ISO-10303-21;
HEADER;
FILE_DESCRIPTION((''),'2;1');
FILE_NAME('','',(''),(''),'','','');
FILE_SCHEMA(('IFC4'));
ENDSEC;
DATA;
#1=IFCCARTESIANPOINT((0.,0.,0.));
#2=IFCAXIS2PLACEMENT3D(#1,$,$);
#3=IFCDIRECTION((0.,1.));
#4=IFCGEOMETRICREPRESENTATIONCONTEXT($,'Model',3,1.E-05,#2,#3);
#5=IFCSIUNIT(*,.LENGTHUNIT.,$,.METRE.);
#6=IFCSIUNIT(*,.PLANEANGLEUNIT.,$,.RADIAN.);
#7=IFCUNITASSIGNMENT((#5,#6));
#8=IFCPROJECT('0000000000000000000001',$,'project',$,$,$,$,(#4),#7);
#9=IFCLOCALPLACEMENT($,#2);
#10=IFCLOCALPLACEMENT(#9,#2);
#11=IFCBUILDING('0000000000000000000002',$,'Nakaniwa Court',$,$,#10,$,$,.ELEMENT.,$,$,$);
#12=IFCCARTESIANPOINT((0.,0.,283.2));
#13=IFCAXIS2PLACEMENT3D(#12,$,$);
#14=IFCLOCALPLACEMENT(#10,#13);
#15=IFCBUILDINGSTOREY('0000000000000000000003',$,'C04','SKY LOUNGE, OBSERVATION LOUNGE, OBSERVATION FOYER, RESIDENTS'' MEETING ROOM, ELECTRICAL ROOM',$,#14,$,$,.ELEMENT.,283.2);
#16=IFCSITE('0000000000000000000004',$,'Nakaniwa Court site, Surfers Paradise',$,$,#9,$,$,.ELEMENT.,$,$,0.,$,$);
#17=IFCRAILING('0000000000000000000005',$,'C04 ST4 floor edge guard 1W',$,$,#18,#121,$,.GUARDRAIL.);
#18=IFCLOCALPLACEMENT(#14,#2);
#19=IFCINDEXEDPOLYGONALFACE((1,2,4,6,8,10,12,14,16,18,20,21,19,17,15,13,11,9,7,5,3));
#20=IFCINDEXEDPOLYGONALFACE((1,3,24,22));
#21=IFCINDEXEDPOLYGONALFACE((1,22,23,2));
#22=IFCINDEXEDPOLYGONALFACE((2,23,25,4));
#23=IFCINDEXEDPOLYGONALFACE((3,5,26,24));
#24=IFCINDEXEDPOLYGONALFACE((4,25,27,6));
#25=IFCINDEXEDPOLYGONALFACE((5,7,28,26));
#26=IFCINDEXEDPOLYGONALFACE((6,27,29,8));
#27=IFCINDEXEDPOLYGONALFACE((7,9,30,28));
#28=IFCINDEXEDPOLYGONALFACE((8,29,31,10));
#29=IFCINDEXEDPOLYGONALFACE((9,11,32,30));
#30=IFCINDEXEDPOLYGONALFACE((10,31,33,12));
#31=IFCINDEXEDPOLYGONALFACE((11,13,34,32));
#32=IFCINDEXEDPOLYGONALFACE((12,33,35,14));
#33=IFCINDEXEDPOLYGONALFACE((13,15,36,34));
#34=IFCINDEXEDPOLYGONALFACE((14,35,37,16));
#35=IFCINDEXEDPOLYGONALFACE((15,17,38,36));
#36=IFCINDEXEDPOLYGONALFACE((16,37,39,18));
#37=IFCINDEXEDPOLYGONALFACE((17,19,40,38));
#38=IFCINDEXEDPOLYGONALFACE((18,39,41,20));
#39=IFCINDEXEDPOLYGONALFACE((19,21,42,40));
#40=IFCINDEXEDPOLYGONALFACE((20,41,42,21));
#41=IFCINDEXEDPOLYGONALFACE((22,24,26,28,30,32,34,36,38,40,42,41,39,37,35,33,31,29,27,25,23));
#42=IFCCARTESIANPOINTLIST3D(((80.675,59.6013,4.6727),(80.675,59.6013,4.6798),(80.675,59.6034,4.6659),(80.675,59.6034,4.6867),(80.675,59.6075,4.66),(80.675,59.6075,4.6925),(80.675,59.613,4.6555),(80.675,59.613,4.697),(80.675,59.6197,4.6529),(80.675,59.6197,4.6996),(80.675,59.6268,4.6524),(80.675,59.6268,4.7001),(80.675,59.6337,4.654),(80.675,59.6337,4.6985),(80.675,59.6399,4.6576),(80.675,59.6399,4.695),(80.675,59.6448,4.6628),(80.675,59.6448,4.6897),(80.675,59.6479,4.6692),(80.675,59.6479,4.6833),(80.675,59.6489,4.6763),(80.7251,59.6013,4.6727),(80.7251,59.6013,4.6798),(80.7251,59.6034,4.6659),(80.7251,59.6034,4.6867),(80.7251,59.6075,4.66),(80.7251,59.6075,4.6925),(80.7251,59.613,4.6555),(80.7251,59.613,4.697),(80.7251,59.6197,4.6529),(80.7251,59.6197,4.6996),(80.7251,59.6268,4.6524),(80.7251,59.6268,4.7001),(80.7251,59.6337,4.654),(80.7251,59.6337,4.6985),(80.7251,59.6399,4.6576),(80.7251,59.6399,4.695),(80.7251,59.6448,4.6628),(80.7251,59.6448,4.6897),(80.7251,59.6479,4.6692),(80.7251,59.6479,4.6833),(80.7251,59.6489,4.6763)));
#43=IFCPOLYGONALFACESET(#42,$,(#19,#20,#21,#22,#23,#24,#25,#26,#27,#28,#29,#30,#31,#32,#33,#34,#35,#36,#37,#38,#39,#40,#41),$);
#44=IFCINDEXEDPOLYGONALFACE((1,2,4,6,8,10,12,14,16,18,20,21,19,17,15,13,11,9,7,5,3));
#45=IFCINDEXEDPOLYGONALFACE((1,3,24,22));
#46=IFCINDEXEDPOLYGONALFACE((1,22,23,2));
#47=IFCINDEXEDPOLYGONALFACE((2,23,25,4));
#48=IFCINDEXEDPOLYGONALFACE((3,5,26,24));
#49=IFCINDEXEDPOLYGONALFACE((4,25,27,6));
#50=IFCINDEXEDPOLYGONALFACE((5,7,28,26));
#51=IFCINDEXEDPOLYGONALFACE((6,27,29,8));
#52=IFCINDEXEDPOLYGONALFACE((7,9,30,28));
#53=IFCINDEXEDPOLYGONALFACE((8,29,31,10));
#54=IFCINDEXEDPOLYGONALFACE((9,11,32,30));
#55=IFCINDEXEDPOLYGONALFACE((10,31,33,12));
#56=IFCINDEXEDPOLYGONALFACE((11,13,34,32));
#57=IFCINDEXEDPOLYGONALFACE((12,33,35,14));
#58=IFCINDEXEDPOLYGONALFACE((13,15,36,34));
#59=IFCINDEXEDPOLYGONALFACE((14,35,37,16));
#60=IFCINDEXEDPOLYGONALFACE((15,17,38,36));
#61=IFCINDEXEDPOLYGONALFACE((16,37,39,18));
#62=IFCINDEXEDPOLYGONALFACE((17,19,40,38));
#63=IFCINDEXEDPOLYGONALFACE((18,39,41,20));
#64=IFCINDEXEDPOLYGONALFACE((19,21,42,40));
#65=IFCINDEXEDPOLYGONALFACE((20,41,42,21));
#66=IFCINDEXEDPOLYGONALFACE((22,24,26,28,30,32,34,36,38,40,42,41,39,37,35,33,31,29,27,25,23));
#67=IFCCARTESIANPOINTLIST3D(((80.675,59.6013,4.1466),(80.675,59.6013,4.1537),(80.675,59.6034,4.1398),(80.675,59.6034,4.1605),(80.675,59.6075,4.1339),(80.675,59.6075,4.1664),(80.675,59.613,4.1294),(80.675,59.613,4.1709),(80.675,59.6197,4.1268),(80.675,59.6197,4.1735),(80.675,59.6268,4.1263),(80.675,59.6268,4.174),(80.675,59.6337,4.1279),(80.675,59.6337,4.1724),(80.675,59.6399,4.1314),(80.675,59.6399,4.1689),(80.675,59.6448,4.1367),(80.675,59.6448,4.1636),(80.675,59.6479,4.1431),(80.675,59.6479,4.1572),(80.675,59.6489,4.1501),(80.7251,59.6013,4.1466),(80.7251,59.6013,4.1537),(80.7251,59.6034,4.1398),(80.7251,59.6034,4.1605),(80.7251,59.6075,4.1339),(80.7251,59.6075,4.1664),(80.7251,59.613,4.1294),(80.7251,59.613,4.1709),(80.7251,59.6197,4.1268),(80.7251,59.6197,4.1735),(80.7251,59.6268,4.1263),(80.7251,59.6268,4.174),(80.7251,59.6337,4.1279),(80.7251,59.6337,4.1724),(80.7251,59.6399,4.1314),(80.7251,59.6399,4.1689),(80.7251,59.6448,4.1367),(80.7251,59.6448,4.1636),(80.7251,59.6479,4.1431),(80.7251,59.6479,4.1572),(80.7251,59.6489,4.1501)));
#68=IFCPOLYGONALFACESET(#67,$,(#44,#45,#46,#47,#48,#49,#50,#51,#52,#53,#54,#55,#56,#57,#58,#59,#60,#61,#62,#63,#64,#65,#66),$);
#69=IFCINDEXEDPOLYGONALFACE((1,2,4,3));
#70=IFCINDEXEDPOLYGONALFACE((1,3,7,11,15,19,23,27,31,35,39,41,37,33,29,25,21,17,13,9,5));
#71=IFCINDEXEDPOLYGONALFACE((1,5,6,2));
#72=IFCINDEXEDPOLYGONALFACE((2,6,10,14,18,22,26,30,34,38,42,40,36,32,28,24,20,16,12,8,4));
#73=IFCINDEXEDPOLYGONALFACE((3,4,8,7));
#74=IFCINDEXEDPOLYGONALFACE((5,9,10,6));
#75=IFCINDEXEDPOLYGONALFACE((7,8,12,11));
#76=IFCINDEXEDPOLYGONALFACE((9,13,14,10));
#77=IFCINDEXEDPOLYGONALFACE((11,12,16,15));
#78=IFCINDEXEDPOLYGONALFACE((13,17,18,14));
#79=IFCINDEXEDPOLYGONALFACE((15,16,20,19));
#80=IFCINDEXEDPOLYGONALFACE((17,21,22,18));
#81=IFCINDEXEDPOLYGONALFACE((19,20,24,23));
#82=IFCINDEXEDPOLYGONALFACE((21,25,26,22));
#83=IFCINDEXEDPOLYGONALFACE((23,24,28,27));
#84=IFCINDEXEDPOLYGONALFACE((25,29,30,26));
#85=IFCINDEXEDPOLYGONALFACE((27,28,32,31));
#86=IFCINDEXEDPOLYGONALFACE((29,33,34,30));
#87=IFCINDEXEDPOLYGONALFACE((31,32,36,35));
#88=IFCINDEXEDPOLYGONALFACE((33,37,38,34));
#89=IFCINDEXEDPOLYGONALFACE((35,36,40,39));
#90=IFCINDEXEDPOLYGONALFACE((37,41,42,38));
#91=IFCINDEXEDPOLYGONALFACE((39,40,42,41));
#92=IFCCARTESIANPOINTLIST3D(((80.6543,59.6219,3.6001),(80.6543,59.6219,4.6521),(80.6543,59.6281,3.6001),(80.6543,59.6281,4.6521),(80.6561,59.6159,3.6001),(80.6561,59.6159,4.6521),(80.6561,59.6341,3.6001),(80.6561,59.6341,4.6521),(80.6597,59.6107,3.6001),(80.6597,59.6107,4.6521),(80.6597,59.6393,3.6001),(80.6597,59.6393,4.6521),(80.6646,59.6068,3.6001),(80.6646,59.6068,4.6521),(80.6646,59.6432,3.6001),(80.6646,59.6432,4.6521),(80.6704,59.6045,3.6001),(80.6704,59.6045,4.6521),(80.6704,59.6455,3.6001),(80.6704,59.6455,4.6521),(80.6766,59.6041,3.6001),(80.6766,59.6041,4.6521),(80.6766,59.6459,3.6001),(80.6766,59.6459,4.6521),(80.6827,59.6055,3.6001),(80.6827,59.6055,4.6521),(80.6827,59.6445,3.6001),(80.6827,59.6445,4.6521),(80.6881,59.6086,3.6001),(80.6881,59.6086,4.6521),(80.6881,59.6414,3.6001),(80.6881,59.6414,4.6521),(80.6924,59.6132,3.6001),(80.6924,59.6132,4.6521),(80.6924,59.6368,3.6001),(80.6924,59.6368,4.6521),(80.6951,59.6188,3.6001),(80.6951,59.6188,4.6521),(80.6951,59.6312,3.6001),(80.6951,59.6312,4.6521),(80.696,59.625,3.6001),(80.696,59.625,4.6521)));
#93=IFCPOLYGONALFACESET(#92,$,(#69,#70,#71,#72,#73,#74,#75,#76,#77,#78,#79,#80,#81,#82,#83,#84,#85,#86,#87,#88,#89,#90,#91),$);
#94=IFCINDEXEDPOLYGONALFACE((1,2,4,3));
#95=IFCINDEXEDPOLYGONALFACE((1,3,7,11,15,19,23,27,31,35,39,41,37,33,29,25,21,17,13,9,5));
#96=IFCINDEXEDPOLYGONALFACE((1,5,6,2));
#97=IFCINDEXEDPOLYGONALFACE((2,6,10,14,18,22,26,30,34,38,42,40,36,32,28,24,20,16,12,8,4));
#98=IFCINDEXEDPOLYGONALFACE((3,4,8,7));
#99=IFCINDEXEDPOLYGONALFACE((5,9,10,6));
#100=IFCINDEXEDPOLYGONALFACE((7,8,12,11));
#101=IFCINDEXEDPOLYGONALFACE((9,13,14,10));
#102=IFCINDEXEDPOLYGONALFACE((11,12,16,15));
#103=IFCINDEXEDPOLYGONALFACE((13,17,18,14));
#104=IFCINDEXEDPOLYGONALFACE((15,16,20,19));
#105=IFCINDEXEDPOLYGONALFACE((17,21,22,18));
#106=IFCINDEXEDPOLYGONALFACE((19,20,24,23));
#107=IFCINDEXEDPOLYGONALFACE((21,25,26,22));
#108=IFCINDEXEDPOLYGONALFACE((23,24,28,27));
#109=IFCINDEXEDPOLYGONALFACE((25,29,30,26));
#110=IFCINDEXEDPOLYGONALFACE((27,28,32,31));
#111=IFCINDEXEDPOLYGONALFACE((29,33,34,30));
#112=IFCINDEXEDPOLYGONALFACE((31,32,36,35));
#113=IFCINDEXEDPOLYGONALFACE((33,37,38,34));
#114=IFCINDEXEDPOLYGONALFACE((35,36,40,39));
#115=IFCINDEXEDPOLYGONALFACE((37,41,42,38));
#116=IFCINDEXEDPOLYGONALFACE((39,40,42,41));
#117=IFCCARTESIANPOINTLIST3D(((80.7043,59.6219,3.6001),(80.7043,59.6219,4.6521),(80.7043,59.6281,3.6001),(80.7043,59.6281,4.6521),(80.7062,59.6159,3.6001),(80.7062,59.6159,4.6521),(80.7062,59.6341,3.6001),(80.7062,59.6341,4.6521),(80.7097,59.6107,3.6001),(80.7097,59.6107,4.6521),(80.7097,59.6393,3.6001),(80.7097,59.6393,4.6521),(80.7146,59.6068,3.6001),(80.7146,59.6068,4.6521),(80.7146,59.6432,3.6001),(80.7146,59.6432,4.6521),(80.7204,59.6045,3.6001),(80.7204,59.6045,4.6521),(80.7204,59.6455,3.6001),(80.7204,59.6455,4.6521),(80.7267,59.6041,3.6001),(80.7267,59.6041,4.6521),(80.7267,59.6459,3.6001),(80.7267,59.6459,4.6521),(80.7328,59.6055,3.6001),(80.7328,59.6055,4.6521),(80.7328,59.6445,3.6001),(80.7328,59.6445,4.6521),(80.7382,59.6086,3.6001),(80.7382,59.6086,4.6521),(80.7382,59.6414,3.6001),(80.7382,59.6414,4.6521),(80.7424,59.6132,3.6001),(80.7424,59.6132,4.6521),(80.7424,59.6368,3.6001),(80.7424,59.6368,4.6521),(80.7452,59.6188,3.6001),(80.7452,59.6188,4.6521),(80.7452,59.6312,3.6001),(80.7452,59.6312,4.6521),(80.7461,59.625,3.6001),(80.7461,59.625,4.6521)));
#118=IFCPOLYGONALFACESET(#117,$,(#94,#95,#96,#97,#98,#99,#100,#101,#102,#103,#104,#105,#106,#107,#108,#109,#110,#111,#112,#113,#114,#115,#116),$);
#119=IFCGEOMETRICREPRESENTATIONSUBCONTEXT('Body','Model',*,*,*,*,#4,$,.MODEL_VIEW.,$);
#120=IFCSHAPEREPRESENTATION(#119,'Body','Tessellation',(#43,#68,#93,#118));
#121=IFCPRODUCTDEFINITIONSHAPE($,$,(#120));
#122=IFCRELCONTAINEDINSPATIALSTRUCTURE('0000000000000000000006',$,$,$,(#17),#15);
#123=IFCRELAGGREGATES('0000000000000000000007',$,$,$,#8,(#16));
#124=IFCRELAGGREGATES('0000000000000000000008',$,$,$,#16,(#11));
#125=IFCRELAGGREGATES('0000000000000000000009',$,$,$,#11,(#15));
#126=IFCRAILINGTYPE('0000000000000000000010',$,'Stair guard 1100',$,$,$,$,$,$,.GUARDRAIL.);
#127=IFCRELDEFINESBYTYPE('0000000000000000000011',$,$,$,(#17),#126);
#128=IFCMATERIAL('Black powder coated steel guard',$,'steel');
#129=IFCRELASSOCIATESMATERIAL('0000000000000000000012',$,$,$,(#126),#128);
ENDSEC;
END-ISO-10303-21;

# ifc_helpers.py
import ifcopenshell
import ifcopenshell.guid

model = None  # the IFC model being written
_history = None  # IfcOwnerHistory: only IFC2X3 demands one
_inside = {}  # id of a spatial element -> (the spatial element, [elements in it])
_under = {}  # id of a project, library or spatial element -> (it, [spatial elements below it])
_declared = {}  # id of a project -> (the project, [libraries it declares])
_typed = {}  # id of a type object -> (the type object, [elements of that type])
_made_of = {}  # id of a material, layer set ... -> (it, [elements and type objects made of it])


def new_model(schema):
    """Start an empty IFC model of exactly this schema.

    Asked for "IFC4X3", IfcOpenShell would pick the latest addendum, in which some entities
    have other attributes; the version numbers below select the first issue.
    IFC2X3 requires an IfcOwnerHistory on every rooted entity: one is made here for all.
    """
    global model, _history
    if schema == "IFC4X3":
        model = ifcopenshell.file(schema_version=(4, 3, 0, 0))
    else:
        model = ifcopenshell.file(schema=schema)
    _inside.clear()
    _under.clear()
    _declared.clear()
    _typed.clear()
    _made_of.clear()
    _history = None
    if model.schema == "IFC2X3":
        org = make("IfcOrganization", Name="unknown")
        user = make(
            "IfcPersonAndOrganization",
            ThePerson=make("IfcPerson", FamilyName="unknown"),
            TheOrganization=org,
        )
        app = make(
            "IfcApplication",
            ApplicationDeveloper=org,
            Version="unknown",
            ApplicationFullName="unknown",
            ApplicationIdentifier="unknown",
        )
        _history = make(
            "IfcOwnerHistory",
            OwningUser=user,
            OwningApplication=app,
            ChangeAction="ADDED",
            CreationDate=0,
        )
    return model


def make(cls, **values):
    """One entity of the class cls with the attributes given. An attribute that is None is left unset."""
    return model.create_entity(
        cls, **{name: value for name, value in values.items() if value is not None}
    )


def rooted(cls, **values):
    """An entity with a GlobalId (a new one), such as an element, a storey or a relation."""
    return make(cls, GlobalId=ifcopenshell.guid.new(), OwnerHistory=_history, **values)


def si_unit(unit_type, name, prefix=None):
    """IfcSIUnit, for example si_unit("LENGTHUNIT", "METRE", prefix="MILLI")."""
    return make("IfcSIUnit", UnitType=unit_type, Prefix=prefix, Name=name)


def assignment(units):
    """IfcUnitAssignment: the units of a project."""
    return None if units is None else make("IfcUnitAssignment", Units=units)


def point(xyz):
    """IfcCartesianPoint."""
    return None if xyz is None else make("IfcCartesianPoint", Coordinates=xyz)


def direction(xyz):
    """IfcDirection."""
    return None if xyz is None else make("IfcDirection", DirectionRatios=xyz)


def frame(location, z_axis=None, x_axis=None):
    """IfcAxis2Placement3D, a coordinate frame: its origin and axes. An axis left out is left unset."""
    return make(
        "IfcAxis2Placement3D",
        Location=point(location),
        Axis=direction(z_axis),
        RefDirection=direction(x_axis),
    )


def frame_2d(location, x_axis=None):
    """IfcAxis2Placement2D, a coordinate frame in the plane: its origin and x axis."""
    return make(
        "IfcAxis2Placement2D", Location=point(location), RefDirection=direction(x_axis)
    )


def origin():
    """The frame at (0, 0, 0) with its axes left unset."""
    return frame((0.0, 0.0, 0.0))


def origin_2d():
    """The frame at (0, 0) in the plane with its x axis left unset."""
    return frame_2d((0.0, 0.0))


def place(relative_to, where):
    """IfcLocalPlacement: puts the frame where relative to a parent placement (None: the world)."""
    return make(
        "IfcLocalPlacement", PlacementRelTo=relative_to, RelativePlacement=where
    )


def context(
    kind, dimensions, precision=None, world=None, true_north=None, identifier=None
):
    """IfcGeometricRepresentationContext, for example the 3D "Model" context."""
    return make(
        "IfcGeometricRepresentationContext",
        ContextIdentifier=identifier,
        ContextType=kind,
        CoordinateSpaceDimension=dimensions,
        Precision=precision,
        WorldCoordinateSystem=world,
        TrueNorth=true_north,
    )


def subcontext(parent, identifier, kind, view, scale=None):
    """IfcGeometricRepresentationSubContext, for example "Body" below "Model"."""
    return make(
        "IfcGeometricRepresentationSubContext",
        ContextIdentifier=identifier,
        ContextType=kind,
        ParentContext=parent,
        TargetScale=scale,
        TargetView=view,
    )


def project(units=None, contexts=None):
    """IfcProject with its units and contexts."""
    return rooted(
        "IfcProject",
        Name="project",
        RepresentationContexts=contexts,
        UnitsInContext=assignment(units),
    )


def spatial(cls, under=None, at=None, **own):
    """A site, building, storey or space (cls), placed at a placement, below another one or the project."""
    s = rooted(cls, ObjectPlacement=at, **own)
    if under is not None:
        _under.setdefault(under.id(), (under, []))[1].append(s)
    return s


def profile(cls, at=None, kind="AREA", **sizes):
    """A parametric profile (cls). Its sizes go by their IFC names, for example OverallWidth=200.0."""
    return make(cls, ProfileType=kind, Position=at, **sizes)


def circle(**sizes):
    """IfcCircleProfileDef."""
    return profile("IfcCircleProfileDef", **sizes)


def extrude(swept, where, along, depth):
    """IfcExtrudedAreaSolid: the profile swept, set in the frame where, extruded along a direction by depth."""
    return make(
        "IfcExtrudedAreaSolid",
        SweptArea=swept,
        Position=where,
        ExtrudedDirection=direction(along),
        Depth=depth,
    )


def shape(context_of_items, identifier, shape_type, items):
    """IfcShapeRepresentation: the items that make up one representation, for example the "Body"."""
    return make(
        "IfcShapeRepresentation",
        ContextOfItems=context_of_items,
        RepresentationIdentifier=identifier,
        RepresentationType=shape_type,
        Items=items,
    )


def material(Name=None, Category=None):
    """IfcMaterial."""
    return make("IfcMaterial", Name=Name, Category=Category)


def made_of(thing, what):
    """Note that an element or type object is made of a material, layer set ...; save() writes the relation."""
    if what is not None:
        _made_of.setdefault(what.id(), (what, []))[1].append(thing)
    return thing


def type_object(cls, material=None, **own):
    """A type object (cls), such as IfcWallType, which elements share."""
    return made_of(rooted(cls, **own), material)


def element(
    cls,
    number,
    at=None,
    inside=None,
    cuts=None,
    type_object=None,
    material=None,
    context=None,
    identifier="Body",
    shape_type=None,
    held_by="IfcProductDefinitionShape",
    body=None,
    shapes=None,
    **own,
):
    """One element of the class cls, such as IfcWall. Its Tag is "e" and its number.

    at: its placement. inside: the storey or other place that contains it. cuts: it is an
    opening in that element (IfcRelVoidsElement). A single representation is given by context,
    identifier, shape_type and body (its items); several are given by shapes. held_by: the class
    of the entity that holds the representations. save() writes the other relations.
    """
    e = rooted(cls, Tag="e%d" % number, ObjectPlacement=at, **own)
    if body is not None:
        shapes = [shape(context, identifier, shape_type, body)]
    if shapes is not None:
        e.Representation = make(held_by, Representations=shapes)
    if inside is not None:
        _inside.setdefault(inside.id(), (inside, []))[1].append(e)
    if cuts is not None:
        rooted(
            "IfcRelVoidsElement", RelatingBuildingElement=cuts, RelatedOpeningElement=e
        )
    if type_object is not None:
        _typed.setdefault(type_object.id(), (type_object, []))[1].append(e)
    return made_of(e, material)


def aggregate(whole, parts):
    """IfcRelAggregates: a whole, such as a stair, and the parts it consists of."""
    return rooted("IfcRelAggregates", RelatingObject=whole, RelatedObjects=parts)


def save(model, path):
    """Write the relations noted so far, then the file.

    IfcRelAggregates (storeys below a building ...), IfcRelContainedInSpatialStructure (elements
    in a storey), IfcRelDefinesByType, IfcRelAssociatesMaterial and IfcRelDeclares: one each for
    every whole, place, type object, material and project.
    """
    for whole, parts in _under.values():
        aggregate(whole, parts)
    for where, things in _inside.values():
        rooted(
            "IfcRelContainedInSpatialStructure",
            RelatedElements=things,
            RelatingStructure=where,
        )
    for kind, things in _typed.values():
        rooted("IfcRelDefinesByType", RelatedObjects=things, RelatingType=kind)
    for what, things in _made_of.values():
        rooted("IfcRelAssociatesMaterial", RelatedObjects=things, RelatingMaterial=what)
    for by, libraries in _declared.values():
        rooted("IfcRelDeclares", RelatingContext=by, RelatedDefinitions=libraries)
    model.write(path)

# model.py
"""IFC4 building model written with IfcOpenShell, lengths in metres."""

from ifc_helpers import new_model, si_unit, direction, frame, origin, origin_2d, place, context, subcontext, project, spatial, circle, extrude, material, type_object, element, save


model = new_model("IFC4")

# Units and contexts
model_context = context("Model", 3, precision=1e-05, world=origin(), true_north=direction((0.0, 1.0)))
body_context = subcontext(model_context, "Body", "Model", "MODEL_VIEW")
ifc_project = project(units=[si_unit("LENGTHUNIT", "METRE"), si_unit("PLANEANGLEUNIT", "RADIAN")], contexts=[model_context])

# Site, building, storey
site_placement = place(None, origin())
site = spatial("IfcSite", under=ifc_project, at=site_placement, Name="Nakaniwa Court site, Surfers Paradise", CompositionType="ELEMENT", RefElevation=0.0)
building_placement = place(site_placement, origin())
building = spatial("IfcBuilding", under=site, at=building_placement, Name="Nakaniwa Court", CompositionType="ELEMENT")
storey_placement = place(building_placement, frame((0.0, 0.0, 283.2)))
storey = spatial("IfcBuildingStorey", under=building, at=storey_placement, Name="C04", Description="SKY LOUNGE, OBSERVATION LOUNGE, OBSERVATION FOYER, RESIDENTS' MEETING ROOM, ELECTRICAL ROOM", CompositionType="ELEMENT", Elevation=283.2)

# Railing
ifc_material_1 = material(Name="Black powder coated steel guard", Category="steel")
railing_type_1 = type_object("IfcRailingType", Name="Stair guard 1100", PredefinedType="GUARDRAIL", material=ifc_material_1)
for number, where, name in (
    (1, (80.675, 59.625, 3.6001), "C04 ST4 floor edge guard 1W"),
):
    element("IfcRailing", number, at=place(storey_placement, frame(where)), inside=storey, type_object=railing_type_1, Name=name, PredefinedType="GUARDRAIL", context=body_context, shape_type="SweptSolid", body=[
        extrude(circle(Radius=0.0239, at=origin_2d()), frame((0.0, 0.0, 1.0762), z_axis=(1.0, 0.0, 0.0), x_axis=(0.0, 1.0, 0.0)), (0.0, 0.0, 1.0), 0.05),
        extrude(circle(Radius=0.0239, at=origin_2d()), frame((0.0, 0.0, 0.55), z_axis=(1.0, 0.0, 0.0), x_axis=(0.0, 1.0, 0.0)), (0.0, 0.0, 1.0), 0.05),
        extrude(circle(Radius=0.021, at=origin_2d()), origin(), (0.0, 0.0, 1.0), 1.052),
        extrude(circle(Radius=0.021, at=origin_2d()), frame((0.05, 0.0, 0.0)), (0.0, 0.0, 1.0), 1.052),
    ])

save(model, "model.ifc")
